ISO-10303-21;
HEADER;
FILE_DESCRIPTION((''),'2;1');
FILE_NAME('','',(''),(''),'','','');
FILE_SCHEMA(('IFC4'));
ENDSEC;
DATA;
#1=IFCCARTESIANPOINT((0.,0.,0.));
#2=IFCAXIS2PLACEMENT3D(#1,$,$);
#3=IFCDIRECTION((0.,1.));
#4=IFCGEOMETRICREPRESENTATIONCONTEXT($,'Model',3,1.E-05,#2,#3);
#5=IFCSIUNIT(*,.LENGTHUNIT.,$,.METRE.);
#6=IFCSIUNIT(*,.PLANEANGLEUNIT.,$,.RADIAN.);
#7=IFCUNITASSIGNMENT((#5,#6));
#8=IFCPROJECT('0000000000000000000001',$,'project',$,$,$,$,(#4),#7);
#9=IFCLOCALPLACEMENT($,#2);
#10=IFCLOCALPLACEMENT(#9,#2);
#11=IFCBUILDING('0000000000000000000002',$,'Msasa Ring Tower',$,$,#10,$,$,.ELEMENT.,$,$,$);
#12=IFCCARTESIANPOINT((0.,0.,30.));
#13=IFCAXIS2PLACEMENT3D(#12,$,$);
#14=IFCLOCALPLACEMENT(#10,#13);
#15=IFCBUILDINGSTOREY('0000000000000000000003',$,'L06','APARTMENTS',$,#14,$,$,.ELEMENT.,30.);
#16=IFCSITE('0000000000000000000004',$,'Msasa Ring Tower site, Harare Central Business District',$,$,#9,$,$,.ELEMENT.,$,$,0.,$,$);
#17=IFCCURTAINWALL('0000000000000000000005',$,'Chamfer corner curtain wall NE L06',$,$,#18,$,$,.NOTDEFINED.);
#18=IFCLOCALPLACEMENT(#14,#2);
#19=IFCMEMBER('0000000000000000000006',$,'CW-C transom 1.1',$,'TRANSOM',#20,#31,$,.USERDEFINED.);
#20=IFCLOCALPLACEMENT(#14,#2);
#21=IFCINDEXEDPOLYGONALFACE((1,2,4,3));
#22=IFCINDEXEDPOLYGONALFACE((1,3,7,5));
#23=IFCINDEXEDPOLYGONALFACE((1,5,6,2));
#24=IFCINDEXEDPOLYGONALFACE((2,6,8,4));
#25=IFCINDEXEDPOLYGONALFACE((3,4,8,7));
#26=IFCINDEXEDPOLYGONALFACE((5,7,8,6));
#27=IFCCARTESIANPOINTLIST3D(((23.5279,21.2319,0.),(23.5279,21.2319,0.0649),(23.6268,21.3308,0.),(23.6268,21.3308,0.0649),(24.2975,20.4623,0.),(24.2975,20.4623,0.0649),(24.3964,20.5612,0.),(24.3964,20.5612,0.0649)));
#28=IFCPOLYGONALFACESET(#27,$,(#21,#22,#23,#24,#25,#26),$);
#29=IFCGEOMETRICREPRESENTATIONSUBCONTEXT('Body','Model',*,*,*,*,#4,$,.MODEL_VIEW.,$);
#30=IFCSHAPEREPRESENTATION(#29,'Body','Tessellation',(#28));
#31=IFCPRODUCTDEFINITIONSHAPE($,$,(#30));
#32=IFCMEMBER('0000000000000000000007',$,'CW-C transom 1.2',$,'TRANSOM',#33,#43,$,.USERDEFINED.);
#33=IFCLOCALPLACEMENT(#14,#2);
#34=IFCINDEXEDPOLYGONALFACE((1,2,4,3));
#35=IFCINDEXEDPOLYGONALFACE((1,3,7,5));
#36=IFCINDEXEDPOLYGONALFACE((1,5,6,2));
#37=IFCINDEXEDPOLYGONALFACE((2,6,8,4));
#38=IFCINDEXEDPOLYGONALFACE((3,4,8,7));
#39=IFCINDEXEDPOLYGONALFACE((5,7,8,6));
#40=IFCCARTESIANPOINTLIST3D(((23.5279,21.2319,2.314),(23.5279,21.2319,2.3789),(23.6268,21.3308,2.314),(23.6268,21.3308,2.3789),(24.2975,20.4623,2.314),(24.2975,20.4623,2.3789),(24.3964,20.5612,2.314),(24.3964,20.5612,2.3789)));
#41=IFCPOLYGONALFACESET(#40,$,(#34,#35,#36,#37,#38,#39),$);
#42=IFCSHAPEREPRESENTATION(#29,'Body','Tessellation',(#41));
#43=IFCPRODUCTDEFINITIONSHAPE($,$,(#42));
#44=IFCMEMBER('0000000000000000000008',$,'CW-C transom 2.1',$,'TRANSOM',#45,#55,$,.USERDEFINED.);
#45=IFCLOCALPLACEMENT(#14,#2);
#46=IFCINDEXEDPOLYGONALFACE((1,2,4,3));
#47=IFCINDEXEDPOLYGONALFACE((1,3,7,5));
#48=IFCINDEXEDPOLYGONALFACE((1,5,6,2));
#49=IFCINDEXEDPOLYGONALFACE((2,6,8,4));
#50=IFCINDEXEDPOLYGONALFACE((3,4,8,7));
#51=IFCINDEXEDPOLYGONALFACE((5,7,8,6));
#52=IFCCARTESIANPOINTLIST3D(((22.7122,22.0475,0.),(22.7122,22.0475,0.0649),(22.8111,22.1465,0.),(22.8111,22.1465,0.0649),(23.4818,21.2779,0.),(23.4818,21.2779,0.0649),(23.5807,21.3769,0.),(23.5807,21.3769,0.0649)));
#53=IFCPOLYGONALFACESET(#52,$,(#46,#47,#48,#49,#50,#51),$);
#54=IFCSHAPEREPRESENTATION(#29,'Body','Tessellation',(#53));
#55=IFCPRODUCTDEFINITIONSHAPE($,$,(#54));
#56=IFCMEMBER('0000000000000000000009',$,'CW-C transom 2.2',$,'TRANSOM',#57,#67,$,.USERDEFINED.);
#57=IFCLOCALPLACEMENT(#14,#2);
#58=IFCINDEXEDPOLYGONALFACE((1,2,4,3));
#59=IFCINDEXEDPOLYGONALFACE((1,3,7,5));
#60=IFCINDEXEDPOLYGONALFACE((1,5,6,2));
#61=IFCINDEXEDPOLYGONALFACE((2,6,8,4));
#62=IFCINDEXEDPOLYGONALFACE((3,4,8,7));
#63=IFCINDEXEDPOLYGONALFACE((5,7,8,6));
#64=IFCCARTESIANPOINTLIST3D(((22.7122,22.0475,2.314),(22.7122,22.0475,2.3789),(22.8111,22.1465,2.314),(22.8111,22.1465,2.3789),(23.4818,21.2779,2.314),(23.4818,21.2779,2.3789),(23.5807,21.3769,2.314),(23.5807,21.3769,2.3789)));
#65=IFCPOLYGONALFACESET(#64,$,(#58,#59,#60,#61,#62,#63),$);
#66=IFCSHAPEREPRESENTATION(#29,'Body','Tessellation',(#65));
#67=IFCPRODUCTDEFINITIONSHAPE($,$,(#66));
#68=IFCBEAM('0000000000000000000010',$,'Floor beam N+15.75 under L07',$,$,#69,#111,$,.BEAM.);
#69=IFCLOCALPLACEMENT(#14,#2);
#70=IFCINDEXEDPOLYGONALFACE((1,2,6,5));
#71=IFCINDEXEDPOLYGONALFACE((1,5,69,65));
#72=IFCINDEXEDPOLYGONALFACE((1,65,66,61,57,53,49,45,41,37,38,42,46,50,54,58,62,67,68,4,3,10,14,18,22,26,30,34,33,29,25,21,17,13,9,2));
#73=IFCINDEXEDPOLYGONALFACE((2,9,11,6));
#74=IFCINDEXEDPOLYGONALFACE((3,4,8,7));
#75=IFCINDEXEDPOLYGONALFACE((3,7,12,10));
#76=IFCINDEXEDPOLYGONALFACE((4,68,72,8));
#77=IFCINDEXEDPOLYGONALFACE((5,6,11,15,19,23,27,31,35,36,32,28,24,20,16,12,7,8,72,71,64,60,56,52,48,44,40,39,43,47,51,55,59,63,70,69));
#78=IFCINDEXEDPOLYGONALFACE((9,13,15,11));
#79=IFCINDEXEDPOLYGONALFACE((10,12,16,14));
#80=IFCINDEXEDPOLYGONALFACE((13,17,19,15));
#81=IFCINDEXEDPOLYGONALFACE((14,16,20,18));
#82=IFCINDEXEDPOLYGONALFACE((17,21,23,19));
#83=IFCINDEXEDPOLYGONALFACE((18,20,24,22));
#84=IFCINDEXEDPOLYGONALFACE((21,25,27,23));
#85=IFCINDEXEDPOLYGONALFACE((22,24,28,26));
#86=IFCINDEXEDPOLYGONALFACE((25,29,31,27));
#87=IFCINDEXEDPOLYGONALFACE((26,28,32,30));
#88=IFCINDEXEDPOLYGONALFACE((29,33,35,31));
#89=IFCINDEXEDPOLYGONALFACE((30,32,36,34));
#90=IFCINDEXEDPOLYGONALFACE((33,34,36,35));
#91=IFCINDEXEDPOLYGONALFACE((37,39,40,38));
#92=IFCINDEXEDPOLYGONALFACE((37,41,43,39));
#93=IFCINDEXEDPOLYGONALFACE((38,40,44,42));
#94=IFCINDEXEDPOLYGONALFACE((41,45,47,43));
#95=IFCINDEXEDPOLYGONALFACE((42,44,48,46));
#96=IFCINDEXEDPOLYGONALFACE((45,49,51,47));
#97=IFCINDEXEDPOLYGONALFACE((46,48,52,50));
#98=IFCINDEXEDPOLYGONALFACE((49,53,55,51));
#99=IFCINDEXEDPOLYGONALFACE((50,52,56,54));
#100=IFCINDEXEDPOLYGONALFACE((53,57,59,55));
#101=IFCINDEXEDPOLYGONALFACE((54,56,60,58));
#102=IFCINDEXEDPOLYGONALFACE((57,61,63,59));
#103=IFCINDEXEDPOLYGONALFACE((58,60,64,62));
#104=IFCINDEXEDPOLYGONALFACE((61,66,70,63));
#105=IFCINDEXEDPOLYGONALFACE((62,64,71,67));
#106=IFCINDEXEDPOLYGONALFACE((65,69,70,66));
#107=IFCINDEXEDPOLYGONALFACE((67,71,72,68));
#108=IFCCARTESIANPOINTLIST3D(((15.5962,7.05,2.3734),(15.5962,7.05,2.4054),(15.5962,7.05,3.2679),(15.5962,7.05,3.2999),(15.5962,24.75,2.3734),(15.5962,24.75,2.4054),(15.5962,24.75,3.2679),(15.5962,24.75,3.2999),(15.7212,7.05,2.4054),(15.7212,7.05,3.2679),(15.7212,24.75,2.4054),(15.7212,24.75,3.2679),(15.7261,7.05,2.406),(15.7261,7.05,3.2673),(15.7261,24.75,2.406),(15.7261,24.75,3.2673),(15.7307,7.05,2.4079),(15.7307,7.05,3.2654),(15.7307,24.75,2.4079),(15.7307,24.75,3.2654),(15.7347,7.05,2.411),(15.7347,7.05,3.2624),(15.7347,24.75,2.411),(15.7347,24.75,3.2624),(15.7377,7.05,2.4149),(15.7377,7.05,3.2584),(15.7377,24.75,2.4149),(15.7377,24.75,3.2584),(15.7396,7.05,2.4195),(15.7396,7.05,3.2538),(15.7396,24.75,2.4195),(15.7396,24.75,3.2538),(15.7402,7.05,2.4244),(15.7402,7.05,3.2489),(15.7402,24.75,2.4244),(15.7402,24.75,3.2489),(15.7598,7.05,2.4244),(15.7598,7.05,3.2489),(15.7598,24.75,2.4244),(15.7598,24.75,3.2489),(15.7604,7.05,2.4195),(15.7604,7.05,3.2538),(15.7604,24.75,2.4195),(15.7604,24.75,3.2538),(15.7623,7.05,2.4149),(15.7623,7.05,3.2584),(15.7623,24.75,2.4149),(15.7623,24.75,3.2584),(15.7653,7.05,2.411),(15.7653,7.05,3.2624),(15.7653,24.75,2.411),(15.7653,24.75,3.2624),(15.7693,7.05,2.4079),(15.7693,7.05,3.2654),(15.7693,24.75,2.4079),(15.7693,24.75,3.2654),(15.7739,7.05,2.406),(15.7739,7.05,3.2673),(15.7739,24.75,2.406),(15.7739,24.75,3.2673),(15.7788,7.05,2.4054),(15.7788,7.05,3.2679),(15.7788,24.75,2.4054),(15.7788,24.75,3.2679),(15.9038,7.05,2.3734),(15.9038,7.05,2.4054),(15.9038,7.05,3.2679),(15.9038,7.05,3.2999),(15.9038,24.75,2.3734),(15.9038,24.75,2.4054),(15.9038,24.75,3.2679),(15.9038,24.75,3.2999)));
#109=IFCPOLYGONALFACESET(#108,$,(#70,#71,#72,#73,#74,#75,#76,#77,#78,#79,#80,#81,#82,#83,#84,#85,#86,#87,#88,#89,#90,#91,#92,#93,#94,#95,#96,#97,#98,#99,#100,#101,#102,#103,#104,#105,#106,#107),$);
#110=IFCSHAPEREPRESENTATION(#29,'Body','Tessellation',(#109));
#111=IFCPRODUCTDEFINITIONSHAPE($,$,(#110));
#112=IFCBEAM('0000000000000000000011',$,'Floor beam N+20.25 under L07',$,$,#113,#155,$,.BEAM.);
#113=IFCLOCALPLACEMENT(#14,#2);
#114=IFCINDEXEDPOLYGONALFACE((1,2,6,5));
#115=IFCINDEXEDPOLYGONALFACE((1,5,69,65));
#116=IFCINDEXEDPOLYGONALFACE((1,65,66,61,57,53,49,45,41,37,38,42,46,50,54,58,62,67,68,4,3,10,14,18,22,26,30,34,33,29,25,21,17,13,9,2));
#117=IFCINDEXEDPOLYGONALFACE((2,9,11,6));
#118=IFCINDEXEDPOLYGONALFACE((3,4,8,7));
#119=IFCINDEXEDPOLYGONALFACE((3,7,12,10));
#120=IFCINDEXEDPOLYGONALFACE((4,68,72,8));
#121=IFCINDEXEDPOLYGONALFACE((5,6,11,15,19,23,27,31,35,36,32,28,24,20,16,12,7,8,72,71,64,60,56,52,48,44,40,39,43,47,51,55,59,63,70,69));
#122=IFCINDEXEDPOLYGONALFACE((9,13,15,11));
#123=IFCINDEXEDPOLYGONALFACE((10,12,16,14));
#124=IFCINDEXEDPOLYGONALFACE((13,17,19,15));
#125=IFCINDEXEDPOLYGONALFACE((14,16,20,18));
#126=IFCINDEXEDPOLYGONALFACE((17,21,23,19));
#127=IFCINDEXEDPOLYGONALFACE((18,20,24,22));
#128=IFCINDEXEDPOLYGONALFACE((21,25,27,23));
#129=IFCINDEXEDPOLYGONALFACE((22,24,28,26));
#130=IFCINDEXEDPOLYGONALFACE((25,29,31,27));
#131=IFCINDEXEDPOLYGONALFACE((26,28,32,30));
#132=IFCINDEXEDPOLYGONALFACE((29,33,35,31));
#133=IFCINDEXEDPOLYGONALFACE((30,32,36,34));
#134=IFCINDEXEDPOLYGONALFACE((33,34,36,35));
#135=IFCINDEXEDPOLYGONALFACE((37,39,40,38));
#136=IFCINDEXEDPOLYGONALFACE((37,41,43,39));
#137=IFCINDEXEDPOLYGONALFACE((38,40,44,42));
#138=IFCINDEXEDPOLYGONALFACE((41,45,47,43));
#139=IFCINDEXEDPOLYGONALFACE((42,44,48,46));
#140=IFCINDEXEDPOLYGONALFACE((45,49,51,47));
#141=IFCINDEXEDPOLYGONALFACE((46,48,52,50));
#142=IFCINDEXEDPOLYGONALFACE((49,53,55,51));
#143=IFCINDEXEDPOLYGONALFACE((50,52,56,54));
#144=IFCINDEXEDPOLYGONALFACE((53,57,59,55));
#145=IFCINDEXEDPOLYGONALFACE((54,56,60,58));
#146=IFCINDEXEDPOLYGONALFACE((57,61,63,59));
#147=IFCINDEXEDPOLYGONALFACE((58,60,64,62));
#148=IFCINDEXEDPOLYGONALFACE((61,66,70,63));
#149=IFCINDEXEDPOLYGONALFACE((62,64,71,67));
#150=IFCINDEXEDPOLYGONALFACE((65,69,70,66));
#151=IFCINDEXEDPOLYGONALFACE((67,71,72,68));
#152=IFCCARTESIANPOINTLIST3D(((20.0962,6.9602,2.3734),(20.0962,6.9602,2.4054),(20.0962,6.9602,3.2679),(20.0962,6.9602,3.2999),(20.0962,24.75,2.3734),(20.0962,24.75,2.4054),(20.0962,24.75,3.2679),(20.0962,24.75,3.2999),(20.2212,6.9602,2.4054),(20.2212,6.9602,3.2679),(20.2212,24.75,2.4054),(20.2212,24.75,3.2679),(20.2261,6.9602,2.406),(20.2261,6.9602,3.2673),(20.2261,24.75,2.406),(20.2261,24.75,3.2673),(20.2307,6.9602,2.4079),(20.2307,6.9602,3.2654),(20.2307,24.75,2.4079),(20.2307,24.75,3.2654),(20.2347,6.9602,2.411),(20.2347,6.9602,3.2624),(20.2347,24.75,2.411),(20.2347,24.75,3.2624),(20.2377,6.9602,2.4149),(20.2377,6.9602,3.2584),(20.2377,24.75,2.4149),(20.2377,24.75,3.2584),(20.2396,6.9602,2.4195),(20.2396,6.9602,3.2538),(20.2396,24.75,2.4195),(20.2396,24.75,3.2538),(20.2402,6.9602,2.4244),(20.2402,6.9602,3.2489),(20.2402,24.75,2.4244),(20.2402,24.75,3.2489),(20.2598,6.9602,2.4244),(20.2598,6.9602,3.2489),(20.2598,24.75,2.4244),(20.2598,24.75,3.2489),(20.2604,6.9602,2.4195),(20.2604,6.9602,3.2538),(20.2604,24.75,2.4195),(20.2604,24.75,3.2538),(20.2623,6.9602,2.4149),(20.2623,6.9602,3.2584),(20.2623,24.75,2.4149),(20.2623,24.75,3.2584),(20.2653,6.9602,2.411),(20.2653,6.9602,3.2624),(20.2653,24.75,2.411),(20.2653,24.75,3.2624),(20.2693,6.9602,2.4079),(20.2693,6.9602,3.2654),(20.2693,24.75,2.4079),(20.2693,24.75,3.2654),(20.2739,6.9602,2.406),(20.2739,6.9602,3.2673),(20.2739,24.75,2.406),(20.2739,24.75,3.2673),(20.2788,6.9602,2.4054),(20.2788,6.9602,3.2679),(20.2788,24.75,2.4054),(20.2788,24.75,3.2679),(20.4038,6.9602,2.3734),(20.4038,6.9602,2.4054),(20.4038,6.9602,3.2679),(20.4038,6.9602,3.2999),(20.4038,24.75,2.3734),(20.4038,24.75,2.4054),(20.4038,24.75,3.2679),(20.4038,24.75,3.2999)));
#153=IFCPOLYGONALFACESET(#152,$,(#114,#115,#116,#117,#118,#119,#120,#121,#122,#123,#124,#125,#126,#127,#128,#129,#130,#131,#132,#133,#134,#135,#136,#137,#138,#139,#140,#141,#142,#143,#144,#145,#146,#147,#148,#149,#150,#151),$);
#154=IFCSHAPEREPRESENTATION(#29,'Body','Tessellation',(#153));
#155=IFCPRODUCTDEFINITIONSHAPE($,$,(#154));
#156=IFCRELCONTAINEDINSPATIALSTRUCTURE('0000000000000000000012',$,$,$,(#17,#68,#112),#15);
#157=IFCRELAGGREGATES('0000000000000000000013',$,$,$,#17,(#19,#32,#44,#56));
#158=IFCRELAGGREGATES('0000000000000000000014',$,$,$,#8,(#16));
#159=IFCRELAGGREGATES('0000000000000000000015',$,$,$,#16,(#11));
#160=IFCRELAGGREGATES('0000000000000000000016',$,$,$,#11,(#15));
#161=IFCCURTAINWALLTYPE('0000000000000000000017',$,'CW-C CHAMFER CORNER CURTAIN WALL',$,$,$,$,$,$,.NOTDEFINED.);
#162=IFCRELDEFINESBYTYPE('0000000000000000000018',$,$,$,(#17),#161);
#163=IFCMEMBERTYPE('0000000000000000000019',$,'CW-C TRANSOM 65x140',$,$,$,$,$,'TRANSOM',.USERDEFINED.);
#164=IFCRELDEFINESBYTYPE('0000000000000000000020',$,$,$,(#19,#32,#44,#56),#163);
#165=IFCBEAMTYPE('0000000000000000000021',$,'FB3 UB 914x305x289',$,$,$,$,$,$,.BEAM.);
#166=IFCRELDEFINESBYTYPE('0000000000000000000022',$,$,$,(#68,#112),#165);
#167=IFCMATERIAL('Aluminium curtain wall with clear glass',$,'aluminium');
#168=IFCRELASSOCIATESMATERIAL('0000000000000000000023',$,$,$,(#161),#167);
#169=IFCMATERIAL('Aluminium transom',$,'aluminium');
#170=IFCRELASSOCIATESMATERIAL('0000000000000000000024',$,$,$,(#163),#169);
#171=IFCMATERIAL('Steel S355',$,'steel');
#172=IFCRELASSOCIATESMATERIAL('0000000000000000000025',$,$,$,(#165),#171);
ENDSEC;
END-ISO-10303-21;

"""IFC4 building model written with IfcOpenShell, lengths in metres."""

from ifc_helpers import new_model, si_unit, direction, frame, origin, origin_2d, place, context, subcontext, project, spatial, rectangle, i_section, extrude, material, material_profile, profile_set, type_object, element, aggregate, save


model = new_model("IFC4")

# Units and contexts
model_context = context("Model", 3, precision=1e-05, world=origin(), true_north=direction((0.0, 1.0)))
body_context = subcontext(model_context, "Body", "Model", "MODEL_VIEW")
ifc_project = project(units=[si_unit("LENGTHUNIT", "METRE"), si_unit("PLANEANGLEUNIT", "RADIAN")], contexts=[model_context])

# Site, building, storey
site_placement = place(None, origin())
site = spatial("IfcSite", under=ifc_project, at=site_placement, Name="Msasa Ring Tower site, Harare Central Business District", CompositionType="ELEMENT", RefElevation=0.0)
building_placement = place(site_placement, origin())
building = spatial("IfcBuilding", under=site, at=building_placement, Name="Msasa Ring Tower", CompositionType="ELEMENT")
storey_placement = place(building_placement, frame((0.0, 0.0, 30.0)))
storey = spatial("IfcBuildingStorey", under=building, at=storey_placement, Name="L06", Description="APARTMENTS", CompositionType="ELEMENT", Elevation=30.0)

# Curtain wall
ifc_material_1 = material(Name="Aluminium curtain wall with clear glass", Category="aluminium")
curtain_wall_type = type_object("IfcCurtainWallType", Name="CW-C CHAMFER CORNER CURTAIN WALL", PredefinedType="NOTDEFINED", material=ifc_material_1)
curtain_wall_1_placement = place(storey_placement, origin())
curtain_wall_1 = element("IfcCurtainWall", 1, at=curtain_wall_1_placement, inside=storey, type_object=curtain_wall_type, Name="Chamfer corner curtain wall NE L06", PredefinedType="NOTDEFINED")

# Members
ifc_material_2 = material(Name="Aluminium transom", Category="aluminium")
ifc_material_profile_1 = material_profile(ifc_material_2, rectangle(XDim=0.1399, YDim=0.0649, at=origin_2d()), Name="AL 65x140")
ifc_profile_set_1 = profile_set([ifc_material_profile_1], Name="Aluminium transom")
member_type_1 = type_object("IfcMemberType", Name="CW-C TRANSOM 65x140", ElementType="TRANSOM", PredefinedType="USERDEFINED", material=ifc_profile_set_1)
member_1_placement = place(storey_placement, frame((24.3469, 20.5117, 0.0325), z_axis=(-0.707107, 0.707107, 0.0), x_axis=(-0.707107, -0.707107, 0.0)))
member_1 = element("IfcMember", 2, at=member_1_placement, type_object=member_type_1, Name="CW-C transom 1.1", ObjectType="TRANSOM", PredefinedType="USERDEFINED", context=body_context, shape_type="SweptSolid", body=[
    extrude(rectangle(XDim=0.1399, YDim=0.0649, at=origin_2d()), origin(), (0.0, 0.0, 1.0), 1.0884),
])
member_2_placement = place(storey_placement, frame((24.3469, 20.5117, 2.3464), z_axis=(-0.707107, 0.707107, 0.0), x_axis=(-0.707107, -0.707107, 0.0)))
member_2 = element("IfcMember", 3, at=member_2_placement, type_object=member_type_1, Name="CW-C transom 1.2", ObjectType="TRANSOM", PredefinedType="USERDEFINED", context=body_context, shape_type="SweptSolid", body=[
    extrude(rectangle(XDim=0.1399, YDim=0.0649, at=origin_2d()), origin(), (0.0, 0.0, 1.0), 1.0884),
])
member_3_placement = place(storey_placement, frame((23.5312, 21.3274, 0.0325), z_axis=(-0.707107, 0.707107, 0.0), x_axis=(-0.707107, -0.707107, 0.0)))
member_3 = element("IfcMember", 4, at=member_3_placement, type_object=member_type_1, Name="CW-C transom 2.1", ObjectType="TRANSOM", PredefinedType="USERDEFINED", context=body_context, shape_type="SweptSolid", body=[
    extrude(rectangle(XDim=0.1399, YDim=0.0649, at=origin_2d()), origin(), (0.0, 0.0, 1.0), 1.0884),
])
member_4_placement = place(storey_placement, frame((23.5312, 21.3274, 2.3464), z_axis=(-0.707107, 0.707107, 0.0), x_axis=(-0.707107, -0.707107, 0.0)))
member_4 = element("IfcMember", 5, at=member_4_placement, type_object=member_type_1, Name="CW-C transom 2.2", ObjectType="TRANSOM", PredefinedType="USERDEFINED", context=body_context, shape_type="SweptSolid", body=[
    extrude(rectangle(XDim=0.1399, YDim=0.0649, at=origin_2d()), origin(), (0.0, 0.0, 1.0), 1.0884),
])

# Beams
ifc_material_3 = material(Name="Steel S355", Category="steel")
ifc_material_profile_2 = material_profile(ifc_material_3, i_section(OverallWidth=0.3076, OverallDepth=0.9265, WebThickness=0.0195, FlangeThickness=0.032, FilletRadius=0.019, at=origin_2d()), Name="UB 914x305x289")
ifc_profile_set_2 = profile_set([ifc_material_profile_2], Name="Steel S355")
beam_type_1 = type_object("IfcBeamType", Name="FB3 UB 914x305x289", PredefinedType="BEAM", material=ifc_profile_set_2)
beam_1_placement = place(storey_placement, frame((15.75, 24.75, 2.8367), z_axis=(0.0, -1.0, 0.0), x_axis=(1.0, 0.0, 0.0)))
element("IfcBeam", 6, at=beam_1_placement, inside=storey, type_object=beam_type_1, Name="Floor beam N+15.75 under L07", PredefinedType="BEAM", context=body_context, shape_type="SweptSolid", body=[
    extrude(i_section(OverallWidth=0.3076, OverallDepth=0.9265, WebThickness=0.0195, FlangeThickness=0.032, FilletRadius=0.019, at=origin_2d()), origin(), (0.0, 0.0, 1.0), 17.7),
])
beam_2_placement = place(storey_placement, frame((20.25, 24.75, 2.8367), z_axis=(0.0, -1.0, 0.0), x_axis=(1.0, 0.0, 0.0)))
element("IfcBeam", 7, at=beam_2_placement, inside=storey, type_object=beam_type_1, Name="Floor beam N+20.25 under L07", PredefinedType="BEAM", context=body_context, shape_type="SweptSolid", body=[
    extrude(i_section(OverallWidth=0.3076, OverallDepth=0.9265, WebThickness=0.0195, FlangeThickness=0.032, FilletRadius=0.019, at=origin_2d()), origin(), (0.0, 0.0, 1.0), 17.7898),
])

aggregate(curtain_wall_1, [member_1, member_2, member_3, member_4])

save(model, "model.ifc")
